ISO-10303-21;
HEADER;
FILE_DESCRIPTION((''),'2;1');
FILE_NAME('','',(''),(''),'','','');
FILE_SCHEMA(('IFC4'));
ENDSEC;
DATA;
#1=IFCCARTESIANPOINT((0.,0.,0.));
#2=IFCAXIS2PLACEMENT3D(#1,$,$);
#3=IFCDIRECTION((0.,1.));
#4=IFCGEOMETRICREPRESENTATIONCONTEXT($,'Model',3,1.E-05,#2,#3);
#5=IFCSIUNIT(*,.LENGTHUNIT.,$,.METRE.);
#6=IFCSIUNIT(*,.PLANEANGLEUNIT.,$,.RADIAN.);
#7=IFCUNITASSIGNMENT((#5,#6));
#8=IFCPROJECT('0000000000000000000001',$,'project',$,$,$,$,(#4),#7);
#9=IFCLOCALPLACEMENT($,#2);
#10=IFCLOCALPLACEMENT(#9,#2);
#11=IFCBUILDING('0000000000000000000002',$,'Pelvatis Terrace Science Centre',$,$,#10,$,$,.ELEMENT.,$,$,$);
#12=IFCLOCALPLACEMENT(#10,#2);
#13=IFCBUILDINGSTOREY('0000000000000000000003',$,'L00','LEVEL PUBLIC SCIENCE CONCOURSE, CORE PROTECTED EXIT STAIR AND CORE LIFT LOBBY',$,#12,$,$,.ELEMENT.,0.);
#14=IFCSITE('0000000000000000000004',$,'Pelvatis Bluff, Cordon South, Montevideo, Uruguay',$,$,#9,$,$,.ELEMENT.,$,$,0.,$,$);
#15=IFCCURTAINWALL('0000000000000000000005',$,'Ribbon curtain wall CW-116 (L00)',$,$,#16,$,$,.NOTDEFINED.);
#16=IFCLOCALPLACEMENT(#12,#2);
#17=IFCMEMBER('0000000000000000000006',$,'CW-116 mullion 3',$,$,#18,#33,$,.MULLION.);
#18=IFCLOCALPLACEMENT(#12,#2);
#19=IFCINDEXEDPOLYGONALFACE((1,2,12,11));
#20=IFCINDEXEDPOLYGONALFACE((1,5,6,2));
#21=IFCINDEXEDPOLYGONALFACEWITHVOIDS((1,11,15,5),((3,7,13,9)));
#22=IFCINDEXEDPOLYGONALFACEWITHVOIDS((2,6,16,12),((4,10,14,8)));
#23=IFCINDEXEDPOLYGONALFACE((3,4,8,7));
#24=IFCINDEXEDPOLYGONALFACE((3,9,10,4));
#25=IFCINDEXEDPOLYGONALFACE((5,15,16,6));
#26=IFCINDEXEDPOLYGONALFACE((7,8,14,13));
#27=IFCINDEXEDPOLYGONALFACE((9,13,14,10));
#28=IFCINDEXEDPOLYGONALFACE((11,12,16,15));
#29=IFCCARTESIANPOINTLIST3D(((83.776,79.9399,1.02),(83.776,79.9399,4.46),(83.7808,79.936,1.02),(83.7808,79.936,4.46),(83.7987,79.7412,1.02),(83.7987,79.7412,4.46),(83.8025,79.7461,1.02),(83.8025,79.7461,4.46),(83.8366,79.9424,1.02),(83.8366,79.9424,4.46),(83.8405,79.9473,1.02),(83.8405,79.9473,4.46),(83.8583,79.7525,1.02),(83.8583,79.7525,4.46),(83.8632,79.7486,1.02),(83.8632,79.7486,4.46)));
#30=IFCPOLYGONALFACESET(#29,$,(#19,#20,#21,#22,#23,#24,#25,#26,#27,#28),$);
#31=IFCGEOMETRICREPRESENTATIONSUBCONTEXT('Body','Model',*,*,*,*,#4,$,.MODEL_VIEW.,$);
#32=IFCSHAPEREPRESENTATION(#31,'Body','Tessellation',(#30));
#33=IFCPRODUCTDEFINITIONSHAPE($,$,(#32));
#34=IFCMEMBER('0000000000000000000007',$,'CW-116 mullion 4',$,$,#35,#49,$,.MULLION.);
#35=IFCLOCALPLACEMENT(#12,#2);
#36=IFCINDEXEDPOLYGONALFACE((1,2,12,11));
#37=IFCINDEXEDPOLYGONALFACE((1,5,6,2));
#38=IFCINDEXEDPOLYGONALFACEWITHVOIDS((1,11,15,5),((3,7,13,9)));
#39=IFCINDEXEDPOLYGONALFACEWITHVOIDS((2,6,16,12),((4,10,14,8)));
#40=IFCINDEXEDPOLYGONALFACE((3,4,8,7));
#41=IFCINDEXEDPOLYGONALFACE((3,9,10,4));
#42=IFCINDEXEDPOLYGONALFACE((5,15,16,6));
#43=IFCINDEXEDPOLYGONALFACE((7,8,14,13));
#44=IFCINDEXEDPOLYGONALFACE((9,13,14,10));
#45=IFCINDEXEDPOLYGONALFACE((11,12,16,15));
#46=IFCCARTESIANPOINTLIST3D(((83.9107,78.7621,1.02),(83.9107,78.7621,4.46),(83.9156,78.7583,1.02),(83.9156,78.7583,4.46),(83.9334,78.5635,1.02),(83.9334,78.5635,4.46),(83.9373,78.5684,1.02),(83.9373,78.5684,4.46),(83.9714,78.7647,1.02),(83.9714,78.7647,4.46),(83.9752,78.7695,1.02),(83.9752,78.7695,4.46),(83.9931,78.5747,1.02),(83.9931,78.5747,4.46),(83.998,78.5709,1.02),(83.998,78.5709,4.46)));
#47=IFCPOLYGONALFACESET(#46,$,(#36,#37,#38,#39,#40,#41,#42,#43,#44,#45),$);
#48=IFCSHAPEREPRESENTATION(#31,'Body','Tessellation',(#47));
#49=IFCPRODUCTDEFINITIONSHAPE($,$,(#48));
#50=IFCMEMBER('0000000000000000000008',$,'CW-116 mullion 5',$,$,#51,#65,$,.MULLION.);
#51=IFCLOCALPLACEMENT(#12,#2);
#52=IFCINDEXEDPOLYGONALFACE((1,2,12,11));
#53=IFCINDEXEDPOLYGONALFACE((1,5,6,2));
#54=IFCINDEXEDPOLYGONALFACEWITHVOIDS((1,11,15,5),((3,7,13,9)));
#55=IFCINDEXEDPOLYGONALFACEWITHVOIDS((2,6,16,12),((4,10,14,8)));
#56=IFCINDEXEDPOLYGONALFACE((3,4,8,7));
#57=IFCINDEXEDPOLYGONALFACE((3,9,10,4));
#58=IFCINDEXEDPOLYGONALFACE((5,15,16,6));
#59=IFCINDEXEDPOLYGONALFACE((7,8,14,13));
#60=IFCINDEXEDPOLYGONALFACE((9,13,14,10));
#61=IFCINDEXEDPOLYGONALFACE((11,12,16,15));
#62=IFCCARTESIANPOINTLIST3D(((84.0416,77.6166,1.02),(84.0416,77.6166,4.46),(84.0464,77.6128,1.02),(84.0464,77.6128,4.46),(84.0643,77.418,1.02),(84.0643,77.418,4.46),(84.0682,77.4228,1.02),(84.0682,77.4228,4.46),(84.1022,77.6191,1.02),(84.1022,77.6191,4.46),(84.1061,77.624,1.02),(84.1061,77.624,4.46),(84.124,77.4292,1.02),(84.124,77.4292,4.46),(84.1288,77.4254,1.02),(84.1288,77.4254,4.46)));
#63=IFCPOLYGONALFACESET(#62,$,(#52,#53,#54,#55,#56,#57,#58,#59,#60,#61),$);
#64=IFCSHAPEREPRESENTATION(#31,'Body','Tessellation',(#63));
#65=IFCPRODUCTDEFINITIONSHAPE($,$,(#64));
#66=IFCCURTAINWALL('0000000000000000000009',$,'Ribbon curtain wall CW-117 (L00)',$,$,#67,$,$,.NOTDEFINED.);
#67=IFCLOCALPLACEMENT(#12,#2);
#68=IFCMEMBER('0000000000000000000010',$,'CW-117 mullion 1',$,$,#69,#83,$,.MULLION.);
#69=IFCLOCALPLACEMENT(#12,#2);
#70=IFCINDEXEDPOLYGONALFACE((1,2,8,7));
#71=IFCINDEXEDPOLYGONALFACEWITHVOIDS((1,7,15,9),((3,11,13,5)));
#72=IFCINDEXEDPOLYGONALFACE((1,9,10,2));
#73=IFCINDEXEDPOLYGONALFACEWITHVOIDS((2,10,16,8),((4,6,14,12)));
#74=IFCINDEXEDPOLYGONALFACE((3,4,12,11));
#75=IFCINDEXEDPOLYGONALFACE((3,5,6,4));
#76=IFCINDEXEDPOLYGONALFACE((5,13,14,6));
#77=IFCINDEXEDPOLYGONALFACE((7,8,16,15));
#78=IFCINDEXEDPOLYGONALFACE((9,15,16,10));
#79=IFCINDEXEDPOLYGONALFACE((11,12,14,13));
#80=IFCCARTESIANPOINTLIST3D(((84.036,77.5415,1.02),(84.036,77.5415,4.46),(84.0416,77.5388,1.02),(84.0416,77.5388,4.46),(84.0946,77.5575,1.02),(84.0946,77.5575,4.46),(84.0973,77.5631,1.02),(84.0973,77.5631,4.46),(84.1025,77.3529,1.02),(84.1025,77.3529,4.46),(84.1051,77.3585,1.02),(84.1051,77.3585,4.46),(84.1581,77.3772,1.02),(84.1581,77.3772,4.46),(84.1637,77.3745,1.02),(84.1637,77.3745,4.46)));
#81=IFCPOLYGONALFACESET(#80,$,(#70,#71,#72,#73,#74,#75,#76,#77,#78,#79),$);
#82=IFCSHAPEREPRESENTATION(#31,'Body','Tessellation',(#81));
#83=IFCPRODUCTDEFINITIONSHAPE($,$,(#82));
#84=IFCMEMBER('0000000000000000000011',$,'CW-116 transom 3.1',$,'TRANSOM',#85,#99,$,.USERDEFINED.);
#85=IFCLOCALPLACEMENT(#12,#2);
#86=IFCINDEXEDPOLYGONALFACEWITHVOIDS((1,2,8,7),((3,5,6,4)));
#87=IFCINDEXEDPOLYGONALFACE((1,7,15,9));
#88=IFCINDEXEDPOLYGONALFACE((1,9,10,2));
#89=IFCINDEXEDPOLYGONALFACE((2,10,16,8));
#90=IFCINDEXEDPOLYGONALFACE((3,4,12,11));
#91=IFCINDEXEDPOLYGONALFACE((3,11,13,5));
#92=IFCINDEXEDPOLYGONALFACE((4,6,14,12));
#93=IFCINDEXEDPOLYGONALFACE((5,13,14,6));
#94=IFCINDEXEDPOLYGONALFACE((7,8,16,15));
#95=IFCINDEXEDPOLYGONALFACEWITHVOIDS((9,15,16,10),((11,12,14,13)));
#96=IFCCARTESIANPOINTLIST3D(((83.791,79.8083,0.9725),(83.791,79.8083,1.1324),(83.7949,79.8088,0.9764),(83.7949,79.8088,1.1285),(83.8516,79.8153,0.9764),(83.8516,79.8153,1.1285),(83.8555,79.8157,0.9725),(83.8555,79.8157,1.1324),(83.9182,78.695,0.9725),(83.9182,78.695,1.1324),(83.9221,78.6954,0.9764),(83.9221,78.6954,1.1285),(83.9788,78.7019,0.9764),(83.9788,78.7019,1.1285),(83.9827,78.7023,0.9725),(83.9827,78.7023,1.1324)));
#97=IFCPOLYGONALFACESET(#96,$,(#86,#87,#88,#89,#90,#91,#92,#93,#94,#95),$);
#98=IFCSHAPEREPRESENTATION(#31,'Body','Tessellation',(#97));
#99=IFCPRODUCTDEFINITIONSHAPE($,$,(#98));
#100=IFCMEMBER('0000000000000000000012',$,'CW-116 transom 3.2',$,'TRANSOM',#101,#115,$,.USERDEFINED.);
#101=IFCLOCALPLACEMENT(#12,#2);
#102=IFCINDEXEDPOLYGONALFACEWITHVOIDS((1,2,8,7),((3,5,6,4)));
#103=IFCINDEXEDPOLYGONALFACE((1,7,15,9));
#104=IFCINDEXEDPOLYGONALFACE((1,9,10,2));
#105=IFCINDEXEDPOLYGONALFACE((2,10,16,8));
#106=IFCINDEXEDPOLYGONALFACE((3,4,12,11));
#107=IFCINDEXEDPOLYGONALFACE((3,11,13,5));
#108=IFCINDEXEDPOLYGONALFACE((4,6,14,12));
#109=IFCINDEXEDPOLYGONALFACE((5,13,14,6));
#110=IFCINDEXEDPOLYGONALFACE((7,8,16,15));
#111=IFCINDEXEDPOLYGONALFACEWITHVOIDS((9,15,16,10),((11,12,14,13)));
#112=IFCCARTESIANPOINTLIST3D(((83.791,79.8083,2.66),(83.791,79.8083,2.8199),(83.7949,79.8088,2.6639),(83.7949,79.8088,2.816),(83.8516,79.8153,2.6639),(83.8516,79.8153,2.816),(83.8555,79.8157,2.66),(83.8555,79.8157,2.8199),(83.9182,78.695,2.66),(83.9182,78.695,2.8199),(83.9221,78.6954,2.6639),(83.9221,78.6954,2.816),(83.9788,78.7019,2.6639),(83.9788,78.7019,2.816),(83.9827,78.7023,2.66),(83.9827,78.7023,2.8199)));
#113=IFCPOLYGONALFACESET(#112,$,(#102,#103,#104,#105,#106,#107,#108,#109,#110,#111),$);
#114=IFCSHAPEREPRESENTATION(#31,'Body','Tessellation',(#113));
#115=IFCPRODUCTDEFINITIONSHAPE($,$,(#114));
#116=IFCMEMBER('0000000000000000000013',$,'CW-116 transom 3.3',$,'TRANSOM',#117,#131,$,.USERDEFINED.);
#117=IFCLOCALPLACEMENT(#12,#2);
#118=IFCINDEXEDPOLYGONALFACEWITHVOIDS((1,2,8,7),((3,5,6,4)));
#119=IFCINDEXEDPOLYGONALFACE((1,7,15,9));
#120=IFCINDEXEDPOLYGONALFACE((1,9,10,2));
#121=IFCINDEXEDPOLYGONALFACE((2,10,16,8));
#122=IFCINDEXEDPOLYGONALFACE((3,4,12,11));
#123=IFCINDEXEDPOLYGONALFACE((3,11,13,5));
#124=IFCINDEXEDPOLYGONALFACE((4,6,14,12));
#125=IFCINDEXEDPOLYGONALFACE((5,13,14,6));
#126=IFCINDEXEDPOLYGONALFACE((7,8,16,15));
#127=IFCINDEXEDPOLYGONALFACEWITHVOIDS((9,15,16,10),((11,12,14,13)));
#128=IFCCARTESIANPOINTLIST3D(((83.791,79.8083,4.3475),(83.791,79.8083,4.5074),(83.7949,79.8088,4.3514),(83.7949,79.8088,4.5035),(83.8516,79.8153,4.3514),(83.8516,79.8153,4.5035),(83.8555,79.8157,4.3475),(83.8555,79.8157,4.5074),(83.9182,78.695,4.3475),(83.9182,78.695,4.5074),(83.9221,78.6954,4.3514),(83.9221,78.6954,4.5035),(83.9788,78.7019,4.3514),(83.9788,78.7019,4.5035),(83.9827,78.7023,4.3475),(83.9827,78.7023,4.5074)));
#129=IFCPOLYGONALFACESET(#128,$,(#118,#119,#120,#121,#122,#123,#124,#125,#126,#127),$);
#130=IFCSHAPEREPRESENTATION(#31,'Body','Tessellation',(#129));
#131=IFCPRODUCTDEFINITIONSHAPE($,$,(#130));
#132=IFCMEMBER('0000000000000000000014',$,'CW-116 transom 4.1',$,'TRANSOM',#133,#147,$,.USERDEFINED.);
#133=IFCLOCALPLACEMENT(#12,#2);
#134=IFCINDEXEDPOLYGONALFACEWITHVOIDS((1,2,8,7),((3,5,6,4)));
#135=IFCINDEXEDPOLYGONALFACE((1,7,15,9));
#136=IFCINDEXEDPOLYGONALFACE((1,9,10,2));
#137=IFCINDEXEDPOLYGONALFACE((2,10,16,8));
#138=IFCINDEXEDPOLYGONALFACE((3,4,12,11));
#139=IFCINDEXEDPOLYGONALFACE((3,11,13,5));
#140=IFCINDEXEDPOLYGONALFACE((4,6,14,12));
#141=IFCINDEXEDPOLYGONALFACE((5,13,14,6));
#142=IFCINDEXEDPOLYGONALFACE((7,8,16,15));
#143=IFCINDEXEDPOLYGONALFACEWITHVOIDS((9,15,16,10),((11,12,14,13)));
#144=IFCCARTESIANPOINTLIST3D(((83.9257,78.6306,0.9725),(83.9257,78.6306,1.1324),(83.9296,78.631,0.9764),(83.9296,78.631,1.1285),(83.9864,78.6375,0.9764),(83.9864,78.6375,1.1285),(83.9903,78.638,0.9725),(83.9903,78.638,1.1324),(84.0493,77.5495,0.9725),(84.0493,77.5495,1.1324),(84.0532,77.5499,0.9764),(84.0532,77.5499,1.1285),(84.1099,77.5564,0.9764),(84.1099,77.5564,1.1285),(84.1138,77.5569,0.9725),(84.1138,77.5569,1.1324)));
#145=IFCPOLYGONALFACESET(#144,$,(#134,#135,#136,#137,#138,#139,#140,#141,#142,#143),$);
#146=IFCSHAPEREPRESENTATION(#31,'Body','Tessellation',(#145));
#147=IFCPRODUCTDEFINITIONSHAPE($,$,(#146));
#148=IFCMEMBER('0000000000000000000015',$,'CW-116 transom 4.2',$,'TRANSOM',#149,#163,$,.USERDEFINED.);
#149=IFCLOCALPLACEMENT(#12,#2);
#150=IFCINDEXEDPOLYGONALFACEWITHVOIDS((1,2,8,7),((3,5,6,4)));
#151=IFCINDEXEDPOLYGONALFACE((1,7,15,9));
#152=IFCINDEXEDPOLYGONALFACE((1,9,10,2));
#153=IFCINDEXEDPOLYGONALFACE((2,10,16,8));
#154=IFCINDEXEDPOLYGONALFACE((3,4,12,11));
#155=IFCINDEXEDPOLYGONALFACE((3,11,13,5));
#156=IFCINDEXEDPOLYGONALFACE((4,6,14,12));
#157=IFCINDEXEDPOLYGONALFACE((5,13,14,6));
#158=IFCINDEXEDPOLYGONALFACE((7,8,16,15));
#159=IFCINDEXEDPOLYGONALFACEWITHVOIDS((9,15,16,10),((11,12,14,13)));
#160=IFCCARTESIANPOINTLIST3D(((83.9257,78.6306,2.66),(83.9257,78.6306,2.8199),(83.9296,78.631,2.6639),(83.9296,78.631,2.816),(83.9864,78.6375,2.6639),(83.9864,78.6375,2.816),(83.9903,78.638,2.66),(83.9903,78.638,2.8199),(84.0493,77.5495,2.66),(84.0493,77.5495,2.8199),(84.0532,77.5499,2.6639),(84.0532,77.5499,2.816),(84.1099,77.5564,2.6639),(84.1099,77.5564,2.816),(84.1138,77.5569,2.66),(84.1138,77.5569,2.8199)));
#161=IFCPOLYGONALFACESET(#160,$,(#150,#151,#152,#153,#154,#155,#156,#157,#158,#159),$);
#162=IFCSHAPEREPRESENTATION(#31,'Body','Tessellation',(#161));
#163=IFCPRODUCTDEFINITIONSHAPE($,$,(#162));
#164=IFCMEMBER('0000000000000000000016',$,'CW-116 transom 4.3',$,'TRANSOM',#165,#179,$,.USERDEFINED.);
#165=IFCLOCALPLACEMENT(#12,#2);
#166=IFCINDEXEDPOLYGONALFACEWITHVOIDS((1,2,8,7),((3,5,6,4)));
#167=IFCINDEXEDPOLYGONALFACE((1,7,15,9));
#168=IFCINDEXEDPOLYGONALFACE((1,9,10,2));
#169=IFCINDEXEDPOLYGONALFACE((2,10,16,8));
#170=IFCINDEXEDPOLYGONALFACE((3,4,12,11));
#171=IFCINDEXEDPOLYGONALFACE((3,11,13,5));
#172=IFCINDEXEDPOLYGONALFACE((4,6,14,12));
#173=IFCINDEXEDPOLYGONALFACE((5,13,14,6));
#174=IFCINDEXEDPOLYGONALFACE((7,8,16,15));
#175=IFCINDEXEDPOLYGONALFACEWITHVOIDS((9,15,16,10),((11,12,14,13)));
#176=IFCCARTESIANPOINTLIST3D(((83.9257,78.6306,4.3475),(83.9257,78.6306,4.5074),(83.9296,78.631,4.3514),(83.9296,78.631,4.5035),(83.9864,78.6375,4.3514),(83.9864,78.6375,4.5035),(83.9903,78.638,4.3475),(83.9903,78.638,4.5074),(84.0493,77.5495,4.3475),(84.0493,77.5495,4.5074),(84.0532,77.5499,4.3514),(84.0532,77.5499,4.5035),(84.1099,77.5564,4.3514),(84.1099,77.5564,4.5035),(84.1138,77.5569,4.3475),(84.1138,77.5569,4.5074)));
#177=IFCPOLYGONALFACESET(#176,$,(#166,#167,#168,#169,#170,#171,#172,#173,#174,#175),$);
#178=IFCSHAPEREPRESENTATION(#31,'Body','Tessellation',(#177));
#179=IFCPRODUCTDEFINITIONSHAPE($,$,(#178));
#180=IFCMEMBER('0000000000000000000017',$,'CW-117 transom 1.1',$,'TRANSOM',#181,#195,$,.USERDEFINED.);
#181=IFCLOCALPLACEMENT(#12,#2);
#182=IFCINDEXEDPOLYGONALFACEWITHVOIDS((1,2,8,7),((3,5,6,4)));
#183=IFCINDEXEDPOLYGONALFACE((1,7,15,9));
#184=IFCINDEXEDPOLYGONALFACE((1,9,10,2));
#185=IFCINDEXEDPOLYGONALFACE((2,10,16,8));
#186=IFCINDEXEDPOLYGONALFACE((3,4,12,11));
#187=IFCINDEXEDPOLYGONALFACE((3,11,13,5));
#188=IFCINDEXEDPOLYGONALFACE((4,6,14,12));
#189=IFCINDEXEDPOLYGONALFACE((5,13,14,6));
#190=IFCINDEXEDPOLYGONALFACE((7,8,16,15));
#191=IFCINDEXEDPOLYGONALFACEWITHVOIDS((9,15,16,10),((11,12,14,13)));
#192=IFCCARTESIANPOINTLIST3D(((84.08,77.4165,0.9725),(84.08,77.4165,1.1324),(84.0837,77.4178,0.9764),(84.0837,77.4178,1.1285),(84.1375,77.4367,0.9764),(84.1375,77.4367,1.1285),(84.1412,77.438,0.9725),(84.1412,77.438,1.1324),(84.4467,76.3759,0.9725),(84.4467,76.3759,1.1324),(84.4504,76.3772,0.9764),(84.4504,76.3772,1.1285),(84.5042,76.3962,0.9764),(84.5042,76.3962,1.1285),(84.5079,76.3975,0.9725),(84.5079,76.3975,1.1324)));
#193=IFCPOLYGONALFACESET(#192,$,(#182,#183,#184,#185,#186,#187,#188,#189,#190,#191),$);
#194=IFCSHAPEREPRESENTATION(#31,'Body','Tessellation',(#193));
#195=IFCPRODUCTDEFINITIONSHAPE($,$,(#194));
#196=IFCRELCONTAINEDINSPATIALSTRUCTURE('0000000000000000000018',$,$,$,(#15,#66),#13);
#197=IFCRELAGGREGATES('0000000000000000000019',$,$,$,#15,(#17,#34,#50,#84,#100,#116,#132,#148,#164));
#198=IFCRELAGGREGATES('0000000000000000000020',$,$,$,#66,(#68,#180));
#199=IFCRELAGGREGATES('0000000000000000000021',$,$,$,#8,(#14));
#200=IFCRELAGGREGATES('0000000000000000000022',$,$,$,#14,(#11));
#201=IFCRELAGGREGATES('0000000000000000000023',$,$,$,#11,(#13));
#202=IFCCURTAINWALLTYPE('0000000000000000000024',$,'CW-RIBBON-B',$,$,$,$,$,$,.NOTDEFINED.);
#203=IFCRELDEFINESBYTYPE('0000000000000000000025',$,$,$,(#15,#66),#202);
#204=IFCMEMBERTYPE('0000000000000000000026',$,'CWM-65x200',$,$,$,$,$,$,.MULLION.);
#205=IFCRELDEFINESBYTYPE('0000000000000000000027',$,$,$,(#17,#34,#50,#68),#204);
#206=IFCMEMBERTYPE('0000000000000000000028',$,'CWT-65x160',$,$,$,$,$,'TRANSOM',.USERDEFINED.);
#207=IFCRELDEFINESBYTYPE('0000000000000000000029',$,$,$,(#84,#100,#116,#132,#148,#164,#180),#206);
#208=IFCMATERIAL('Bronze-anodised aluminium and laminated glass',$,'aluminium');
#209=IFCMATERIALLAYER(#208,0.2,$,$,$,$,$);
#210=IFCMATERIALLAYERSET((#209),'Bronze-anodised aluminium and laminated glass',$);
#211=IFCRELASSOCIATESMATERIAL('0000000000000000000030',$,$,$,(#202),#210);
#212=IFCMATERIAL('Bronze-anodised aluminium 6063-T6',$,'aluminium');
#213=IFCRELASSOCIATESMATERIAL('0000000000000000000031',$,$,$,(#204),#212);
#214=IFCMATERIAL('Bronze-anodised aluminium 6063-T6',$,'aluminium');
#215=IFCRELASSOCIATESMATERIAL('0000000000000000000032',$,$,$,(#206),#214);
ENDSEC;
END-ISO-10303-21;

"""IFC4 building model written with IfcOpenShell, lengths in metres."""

from ifc_helpers import new_model, si_unit, direction, frame, origin, origin_2d, place, context, subcontext, project, spatial, hollow_rectangle, extrude, material, layer, layer_set, material_profile, profile_set, type_object, element, aggregate, save


model = new_model("IFC4")

# Units and contexts
model_context = context("Model", 3, precision=1e-05, world=origin(), true_north=direction((0.0, 1.0)))
body_context = subcontext(model_context, "Body", "Model", "MODEL_VIEW")
ifc_project = project(units=[si_unit("LENGTHUNIT", "METRE"), si_unit("PLANEANGLEUNIT", "RADIAN")], contexts=[model_context])

# Site, building, storey
site_placement = place(None, origin())
site = spatial("IfcSite", under=ifc_project, at=site_placement, Name="Pelvatis Bluff, Cordon South, Montevideo, Uruguay", CompositionType="ELEMENT", RefElevation=0.0)
building_placement = place(site_placement, origin())
building = spatial("IfcBuilding", under=site, at=building_placement, Name="Pelvatis Terrace Science Centre", CompositionType="ELEMENT")
storey_placement = place(building_placement, origin())
storey = spatial("IfcBuildingStorey", under=building, at=storey_placement, Name="L00", Description="LEVEL PUBLIC SCIENCE CONCOURSE, CORE PROTECTED EXIT STAIR AND CORE LIFT LOBBY", CompositionType="ELEMENT", Elevation=0.0)

# Curtain wall, members
ifc_material_1 = material(Name="Bronze-anodised aluminium and laminated glass", Category="aluminium")
ifc_layer_1 = layer(ifc_material_1, 0.2)
ifc_layer_set_1 = layer_set([ifc_layer_1], Name="Bronze-anodised aluminium and laminated glass")
curtain_wall_type = type_object("IfcCurtainWallType", Name="CW-RIBBON-B", PredefinedType="NOTDEFINED", material=ifc_layer_set_1)
curtain_wall_1_placement = place(storey_placement, origin())
curtain_wall_1 = element("IfcCurtainWall", 1, at=curtain_wall_1_placement, inside=storey, type_object=curtain_wall_type, Name="Ribbon curtain wall CW-116 (L00)", PredefinedType="NOTDEFINED")
ifc_material_2 = material(Name="Bronze-anodised aluminium 6063-T6", Category="aluminium")
ifc_material_profile_1 = material_profile(ifc_material_2, hollow_rectangle(XDim=0.0649, YDim=0.2, WallThickness=0.0044, at=origin_2d()), Name="ALU-MUL 65x200")
ifc_profile_set_1 = profile_set([ifc_material_profile_1], Name="Bronze-anodised aluminium 6063-T6")
member_type_1 = type_object("IfcMemberType", Name="CWM-65x200", PredefinedType="MULLION", material=ifc_profile_set_1)
member_1_placement = place(storey_placement, frame((83.8196, 79.8442, 1.02), z_axis=(0.0, 0.0, 1.0), x_axis=(0.993519, 0.113662, 0.0)))
member_1 = element("IfcMember", 2, at=member_1_placement, type_object=member_type_1, Name="CW-116 mullion 3", PredefinedType="MULLION", context=body_context, shape_type="SweptSolid", body=[
    extrude(hollow_rectangle(XDim=0.0649, YDim=0.2, WallThickness=0.0044, at=origin_2d()), origin(), (0.0, 0.0, 1.0), 3.4399),
])
member_2_placement = place(storey_placement, frame((83.9543, 78.6665, 1.02), z_axis=(0.0, 0.0, 1.0), x_axis=(0.993519, 0.113662, 0.0)))
member_2 = element("IfcMember", 3, at=member_2_placement, type_object=member_type_1, Name="CW-116 mullion 4", PredefinedType="MULLION", context=body_context, shape_type="SweptSolid", body=[
    extrude(hollow_rectangle(XDim=0.0649, YDim=0.2, WallThickness=0.0044, at=origin_2d()), origin(), (0.0, 0.0, 1.0), 3.4399),
])
member_3_placement = place(storey_placement, frame((84.0852, 77.521, 1.02), z_axis=(0.0, 0.0, 1.0), x_axis=(0.993519, 0.113662, 0.0)))
member_3 = element("IfcMember", 4, at=member_3_placement, type_object=member_type_1, Name="CW-116 mullion 5", PredefinedType="MULLION", context=body_context, shape_type="SweptSolid", body=[
    extrude(hollow_rectangle(XDim=0.0649, YDim=0.2, WallThickness=0.0044, at=origin_2d()), origin(), (0.0, 0.0, 1.0), 3.4399),
])

# Curtain wall, member
curtain_wall_2_placement = place(storey_placement, origin())
curtain_wall_2 = element("IfcCurtainWall", 5, at=curtain_wall_2_placement, inside=storey, type_object=curtain_wall_type, Name="Ribbon curtain wall CW-117 (L00)", PredefinedType="NOTDEFINED")
member_4_placement = place(storey_placement, frame((84.0999, 77.458, 1.02), z_axis=(0.0, 0.0, 1.0), x_axis=(0.943171, 0.332308, 0.0)))
member_4 = element("IfcMember", 6, at=member_4_placement, type_object=member_type_1, Name="CW-117 mullion 1", PredefinedType="MULLION", context=body_context, shape_type="SweptSolid", body=[
    extrude(hollow_rectangle(XDim=0.0649, YDim=0.2, WallThickness=0.0044, at=origin_2d()), origin(), (0.0, 0.0, 1.0), 3.4399),
])

# Members
ifc_material_3 = material(Name="Bronze-anodised aluminium 6063-T6", Category="aluminium")
ifc_material_profile_2 = material_profile(ifc_material_3, hollow_rectangle(XDim=0.0649, YDim=0.1599, WallThickness=0.0039, at=origin_2d()), Name="ALU-TRN 65x160")
ifc_profile_set_2 = profile_set([ifc_material_profile_2], Name="Bronze-anodised aluminium 6063-T6")
member_type_2 = type_object("IfcMemberType", Name="CWT-65x160", ElementType="TRANSOM", PredefinedType="USERDEFINED", material=ifc_profile_set_2)
member_5_placement = place(storey_placement, frame((83.8232, 79.812, 1.0525), z_axis=(0.113516, -0.993536, 0.0), x_axis=(0.993536, 0.113516, 0.0)))
member_5 = element("IfcMember", 7, at=member_5_placement, type_object=member_type_2, Name="CW-116 transom 3.1", ObjectType="TRANSOM", PredefinedType="USERDEFINED", context=body_context, shape_type="SweptSolid", body=[
    extrude(hollow_rectangle(XDim=0.0649, YDim=0.1599, WallThickness=0.0039, at=origin_2d()), origin(), (0.0, 0.0, 1.0), 1.1206),
])
member_6_placement = place(storey_placement, frame((83.8232, 79.812, 2.74), z_axis=(0.113516, -0.993536, 0.0), x_axis=(0.993536, 0.113516, 0.0)))
member_6 = element("IfcMember", 8, at=member_6_placement, type_object=member_type_2, Name="CW-116 transom 3.2", ObjectType="TRANSOM", PredefinedType="USERDEFINED", context=body_context, shape_type="SweptSolid", body=[
    extrude(hollow_rectangle(XDim=0.0649, YDim=0.1599, WallThickness=0.0039, at=origin_2d()), origin(), (0.0, 0.0, 1.0), 1.1206),
])
member_7_placement = place(storey_placement, frame((83.8232, 79.812, 4.4275), z_axis=(0.113516, -0.993536, 0.0), x_axis=(0.993536, 0.113516, 0.0)))
member_7 = element("IfcMember", 9, at=member_7_placement, type_object=member_type_2, Name="CW-116 transom 3.3", ObjectType="TRANSOM", PredefinedType="USERDEFINED", context=body_context, shape_type="SweptSolid", body=[
    extrude(hollow_rectangle(XDim=0.0649, YDim=0.1599, WallThickness=0.0039, at=origin_2d()), origin(), (0.0, 0.0, 1.0), 1.1206),
])
member_8_placement = place(storey_placement, frame((83.958, 78.6343, 1.0525), z_axis=(0.113534, -0.993534, 0.0), x_axis=(0.993534, 0.113534, 0.0)))
member_8 = element("IfcMember", 10, at=member_8_placement, type_object=member_type_2, Name="CW-116 transom 4.1", ObjectType="TRANSOM", PredefinedType="USERDEFINED", context=body_context, shape_type="SweptSolid", body=[
    extrude(hollow_rectangle(XDim=0.0649, YDim=0.1599, WallThickness=0.0039, at=origin_2d()), origin(), (0.0, 0.0, 1.0), 1.0881),
])
member_9_placement = place(storey_placement, frame((83.958, 78.6343, 2.74), z_axis=(0.113534, -0.993534, 0.0), x_axis=(0.993534, 0.113534, 0.0)))
member_9 = element("IfcMember", 11, at=member_9_placement, type_object=member_type_2, Name="CW-116 transom 4.2", ObjectType="TRANSOM", PredefinedType="USERDEFINED", context=body_context, shape_type="SweptSolid", body=[
    extrude(hollow_rectangle(XDim=0.0649, YDim=0.1599, WallThickness=0.0039, at=origin_2d()), origin(), (0.0, 0.0, 1.0), 1.0881),
])
member_10_placement = place(storey_placement, frame((83.958, 78.6343, 4.4275), z_axis=(0.113534, -0.993534, 0.0), x_axis=(0.993534, 0.113534, 0.0)))
member_10 = element("IfcMember", 12, at=member_10_placement, type_object=member_type_2, Name="CW-116 transom 4.3", ObjectType="TRANSOM", PredefinedType="USERDEFINED", context=body_context, shape_type="SweptSolid", body=[
    extrude(hollow_rectangle(XDim=0.0649, YDim=0.1599, WallThickness=0.0039, at=origin_2d()), origin(), (0.0, 0.0, 1.0), 1.0881),
])
member_11_placement = place(storey_placement, frame((84.1106, 77.4272, 1.0525), z_axis=(0.33238, -0.943145, 0.0), x_axis=(0.943145, 0.33238, 0.0)))
member_11 = element("IfcMember", 13, at=member_11_placement, type_object=member_type_2, Name="CW-117 transom 1.1", ObjectType="TRANSOM", PredefinedType="USERDEFINED", context=body_context, shape_type="SweptSolid", body=[
    extrude(hollow_rectangle(XDim=0.0649, YDim=0.1599, WallThickness=0.0039, at=origin_2d()), origin(), (0.0, 0.0, 1.0), 1.1033),
])

aggregate(curtain_wall_1, [member_1, member_2, member_3, member_5, member_6, member_7, member_8, member_9, member_10])
aggregate(curtain_wall_2, [member_4, member_11])

save(model, "model.ifc")
